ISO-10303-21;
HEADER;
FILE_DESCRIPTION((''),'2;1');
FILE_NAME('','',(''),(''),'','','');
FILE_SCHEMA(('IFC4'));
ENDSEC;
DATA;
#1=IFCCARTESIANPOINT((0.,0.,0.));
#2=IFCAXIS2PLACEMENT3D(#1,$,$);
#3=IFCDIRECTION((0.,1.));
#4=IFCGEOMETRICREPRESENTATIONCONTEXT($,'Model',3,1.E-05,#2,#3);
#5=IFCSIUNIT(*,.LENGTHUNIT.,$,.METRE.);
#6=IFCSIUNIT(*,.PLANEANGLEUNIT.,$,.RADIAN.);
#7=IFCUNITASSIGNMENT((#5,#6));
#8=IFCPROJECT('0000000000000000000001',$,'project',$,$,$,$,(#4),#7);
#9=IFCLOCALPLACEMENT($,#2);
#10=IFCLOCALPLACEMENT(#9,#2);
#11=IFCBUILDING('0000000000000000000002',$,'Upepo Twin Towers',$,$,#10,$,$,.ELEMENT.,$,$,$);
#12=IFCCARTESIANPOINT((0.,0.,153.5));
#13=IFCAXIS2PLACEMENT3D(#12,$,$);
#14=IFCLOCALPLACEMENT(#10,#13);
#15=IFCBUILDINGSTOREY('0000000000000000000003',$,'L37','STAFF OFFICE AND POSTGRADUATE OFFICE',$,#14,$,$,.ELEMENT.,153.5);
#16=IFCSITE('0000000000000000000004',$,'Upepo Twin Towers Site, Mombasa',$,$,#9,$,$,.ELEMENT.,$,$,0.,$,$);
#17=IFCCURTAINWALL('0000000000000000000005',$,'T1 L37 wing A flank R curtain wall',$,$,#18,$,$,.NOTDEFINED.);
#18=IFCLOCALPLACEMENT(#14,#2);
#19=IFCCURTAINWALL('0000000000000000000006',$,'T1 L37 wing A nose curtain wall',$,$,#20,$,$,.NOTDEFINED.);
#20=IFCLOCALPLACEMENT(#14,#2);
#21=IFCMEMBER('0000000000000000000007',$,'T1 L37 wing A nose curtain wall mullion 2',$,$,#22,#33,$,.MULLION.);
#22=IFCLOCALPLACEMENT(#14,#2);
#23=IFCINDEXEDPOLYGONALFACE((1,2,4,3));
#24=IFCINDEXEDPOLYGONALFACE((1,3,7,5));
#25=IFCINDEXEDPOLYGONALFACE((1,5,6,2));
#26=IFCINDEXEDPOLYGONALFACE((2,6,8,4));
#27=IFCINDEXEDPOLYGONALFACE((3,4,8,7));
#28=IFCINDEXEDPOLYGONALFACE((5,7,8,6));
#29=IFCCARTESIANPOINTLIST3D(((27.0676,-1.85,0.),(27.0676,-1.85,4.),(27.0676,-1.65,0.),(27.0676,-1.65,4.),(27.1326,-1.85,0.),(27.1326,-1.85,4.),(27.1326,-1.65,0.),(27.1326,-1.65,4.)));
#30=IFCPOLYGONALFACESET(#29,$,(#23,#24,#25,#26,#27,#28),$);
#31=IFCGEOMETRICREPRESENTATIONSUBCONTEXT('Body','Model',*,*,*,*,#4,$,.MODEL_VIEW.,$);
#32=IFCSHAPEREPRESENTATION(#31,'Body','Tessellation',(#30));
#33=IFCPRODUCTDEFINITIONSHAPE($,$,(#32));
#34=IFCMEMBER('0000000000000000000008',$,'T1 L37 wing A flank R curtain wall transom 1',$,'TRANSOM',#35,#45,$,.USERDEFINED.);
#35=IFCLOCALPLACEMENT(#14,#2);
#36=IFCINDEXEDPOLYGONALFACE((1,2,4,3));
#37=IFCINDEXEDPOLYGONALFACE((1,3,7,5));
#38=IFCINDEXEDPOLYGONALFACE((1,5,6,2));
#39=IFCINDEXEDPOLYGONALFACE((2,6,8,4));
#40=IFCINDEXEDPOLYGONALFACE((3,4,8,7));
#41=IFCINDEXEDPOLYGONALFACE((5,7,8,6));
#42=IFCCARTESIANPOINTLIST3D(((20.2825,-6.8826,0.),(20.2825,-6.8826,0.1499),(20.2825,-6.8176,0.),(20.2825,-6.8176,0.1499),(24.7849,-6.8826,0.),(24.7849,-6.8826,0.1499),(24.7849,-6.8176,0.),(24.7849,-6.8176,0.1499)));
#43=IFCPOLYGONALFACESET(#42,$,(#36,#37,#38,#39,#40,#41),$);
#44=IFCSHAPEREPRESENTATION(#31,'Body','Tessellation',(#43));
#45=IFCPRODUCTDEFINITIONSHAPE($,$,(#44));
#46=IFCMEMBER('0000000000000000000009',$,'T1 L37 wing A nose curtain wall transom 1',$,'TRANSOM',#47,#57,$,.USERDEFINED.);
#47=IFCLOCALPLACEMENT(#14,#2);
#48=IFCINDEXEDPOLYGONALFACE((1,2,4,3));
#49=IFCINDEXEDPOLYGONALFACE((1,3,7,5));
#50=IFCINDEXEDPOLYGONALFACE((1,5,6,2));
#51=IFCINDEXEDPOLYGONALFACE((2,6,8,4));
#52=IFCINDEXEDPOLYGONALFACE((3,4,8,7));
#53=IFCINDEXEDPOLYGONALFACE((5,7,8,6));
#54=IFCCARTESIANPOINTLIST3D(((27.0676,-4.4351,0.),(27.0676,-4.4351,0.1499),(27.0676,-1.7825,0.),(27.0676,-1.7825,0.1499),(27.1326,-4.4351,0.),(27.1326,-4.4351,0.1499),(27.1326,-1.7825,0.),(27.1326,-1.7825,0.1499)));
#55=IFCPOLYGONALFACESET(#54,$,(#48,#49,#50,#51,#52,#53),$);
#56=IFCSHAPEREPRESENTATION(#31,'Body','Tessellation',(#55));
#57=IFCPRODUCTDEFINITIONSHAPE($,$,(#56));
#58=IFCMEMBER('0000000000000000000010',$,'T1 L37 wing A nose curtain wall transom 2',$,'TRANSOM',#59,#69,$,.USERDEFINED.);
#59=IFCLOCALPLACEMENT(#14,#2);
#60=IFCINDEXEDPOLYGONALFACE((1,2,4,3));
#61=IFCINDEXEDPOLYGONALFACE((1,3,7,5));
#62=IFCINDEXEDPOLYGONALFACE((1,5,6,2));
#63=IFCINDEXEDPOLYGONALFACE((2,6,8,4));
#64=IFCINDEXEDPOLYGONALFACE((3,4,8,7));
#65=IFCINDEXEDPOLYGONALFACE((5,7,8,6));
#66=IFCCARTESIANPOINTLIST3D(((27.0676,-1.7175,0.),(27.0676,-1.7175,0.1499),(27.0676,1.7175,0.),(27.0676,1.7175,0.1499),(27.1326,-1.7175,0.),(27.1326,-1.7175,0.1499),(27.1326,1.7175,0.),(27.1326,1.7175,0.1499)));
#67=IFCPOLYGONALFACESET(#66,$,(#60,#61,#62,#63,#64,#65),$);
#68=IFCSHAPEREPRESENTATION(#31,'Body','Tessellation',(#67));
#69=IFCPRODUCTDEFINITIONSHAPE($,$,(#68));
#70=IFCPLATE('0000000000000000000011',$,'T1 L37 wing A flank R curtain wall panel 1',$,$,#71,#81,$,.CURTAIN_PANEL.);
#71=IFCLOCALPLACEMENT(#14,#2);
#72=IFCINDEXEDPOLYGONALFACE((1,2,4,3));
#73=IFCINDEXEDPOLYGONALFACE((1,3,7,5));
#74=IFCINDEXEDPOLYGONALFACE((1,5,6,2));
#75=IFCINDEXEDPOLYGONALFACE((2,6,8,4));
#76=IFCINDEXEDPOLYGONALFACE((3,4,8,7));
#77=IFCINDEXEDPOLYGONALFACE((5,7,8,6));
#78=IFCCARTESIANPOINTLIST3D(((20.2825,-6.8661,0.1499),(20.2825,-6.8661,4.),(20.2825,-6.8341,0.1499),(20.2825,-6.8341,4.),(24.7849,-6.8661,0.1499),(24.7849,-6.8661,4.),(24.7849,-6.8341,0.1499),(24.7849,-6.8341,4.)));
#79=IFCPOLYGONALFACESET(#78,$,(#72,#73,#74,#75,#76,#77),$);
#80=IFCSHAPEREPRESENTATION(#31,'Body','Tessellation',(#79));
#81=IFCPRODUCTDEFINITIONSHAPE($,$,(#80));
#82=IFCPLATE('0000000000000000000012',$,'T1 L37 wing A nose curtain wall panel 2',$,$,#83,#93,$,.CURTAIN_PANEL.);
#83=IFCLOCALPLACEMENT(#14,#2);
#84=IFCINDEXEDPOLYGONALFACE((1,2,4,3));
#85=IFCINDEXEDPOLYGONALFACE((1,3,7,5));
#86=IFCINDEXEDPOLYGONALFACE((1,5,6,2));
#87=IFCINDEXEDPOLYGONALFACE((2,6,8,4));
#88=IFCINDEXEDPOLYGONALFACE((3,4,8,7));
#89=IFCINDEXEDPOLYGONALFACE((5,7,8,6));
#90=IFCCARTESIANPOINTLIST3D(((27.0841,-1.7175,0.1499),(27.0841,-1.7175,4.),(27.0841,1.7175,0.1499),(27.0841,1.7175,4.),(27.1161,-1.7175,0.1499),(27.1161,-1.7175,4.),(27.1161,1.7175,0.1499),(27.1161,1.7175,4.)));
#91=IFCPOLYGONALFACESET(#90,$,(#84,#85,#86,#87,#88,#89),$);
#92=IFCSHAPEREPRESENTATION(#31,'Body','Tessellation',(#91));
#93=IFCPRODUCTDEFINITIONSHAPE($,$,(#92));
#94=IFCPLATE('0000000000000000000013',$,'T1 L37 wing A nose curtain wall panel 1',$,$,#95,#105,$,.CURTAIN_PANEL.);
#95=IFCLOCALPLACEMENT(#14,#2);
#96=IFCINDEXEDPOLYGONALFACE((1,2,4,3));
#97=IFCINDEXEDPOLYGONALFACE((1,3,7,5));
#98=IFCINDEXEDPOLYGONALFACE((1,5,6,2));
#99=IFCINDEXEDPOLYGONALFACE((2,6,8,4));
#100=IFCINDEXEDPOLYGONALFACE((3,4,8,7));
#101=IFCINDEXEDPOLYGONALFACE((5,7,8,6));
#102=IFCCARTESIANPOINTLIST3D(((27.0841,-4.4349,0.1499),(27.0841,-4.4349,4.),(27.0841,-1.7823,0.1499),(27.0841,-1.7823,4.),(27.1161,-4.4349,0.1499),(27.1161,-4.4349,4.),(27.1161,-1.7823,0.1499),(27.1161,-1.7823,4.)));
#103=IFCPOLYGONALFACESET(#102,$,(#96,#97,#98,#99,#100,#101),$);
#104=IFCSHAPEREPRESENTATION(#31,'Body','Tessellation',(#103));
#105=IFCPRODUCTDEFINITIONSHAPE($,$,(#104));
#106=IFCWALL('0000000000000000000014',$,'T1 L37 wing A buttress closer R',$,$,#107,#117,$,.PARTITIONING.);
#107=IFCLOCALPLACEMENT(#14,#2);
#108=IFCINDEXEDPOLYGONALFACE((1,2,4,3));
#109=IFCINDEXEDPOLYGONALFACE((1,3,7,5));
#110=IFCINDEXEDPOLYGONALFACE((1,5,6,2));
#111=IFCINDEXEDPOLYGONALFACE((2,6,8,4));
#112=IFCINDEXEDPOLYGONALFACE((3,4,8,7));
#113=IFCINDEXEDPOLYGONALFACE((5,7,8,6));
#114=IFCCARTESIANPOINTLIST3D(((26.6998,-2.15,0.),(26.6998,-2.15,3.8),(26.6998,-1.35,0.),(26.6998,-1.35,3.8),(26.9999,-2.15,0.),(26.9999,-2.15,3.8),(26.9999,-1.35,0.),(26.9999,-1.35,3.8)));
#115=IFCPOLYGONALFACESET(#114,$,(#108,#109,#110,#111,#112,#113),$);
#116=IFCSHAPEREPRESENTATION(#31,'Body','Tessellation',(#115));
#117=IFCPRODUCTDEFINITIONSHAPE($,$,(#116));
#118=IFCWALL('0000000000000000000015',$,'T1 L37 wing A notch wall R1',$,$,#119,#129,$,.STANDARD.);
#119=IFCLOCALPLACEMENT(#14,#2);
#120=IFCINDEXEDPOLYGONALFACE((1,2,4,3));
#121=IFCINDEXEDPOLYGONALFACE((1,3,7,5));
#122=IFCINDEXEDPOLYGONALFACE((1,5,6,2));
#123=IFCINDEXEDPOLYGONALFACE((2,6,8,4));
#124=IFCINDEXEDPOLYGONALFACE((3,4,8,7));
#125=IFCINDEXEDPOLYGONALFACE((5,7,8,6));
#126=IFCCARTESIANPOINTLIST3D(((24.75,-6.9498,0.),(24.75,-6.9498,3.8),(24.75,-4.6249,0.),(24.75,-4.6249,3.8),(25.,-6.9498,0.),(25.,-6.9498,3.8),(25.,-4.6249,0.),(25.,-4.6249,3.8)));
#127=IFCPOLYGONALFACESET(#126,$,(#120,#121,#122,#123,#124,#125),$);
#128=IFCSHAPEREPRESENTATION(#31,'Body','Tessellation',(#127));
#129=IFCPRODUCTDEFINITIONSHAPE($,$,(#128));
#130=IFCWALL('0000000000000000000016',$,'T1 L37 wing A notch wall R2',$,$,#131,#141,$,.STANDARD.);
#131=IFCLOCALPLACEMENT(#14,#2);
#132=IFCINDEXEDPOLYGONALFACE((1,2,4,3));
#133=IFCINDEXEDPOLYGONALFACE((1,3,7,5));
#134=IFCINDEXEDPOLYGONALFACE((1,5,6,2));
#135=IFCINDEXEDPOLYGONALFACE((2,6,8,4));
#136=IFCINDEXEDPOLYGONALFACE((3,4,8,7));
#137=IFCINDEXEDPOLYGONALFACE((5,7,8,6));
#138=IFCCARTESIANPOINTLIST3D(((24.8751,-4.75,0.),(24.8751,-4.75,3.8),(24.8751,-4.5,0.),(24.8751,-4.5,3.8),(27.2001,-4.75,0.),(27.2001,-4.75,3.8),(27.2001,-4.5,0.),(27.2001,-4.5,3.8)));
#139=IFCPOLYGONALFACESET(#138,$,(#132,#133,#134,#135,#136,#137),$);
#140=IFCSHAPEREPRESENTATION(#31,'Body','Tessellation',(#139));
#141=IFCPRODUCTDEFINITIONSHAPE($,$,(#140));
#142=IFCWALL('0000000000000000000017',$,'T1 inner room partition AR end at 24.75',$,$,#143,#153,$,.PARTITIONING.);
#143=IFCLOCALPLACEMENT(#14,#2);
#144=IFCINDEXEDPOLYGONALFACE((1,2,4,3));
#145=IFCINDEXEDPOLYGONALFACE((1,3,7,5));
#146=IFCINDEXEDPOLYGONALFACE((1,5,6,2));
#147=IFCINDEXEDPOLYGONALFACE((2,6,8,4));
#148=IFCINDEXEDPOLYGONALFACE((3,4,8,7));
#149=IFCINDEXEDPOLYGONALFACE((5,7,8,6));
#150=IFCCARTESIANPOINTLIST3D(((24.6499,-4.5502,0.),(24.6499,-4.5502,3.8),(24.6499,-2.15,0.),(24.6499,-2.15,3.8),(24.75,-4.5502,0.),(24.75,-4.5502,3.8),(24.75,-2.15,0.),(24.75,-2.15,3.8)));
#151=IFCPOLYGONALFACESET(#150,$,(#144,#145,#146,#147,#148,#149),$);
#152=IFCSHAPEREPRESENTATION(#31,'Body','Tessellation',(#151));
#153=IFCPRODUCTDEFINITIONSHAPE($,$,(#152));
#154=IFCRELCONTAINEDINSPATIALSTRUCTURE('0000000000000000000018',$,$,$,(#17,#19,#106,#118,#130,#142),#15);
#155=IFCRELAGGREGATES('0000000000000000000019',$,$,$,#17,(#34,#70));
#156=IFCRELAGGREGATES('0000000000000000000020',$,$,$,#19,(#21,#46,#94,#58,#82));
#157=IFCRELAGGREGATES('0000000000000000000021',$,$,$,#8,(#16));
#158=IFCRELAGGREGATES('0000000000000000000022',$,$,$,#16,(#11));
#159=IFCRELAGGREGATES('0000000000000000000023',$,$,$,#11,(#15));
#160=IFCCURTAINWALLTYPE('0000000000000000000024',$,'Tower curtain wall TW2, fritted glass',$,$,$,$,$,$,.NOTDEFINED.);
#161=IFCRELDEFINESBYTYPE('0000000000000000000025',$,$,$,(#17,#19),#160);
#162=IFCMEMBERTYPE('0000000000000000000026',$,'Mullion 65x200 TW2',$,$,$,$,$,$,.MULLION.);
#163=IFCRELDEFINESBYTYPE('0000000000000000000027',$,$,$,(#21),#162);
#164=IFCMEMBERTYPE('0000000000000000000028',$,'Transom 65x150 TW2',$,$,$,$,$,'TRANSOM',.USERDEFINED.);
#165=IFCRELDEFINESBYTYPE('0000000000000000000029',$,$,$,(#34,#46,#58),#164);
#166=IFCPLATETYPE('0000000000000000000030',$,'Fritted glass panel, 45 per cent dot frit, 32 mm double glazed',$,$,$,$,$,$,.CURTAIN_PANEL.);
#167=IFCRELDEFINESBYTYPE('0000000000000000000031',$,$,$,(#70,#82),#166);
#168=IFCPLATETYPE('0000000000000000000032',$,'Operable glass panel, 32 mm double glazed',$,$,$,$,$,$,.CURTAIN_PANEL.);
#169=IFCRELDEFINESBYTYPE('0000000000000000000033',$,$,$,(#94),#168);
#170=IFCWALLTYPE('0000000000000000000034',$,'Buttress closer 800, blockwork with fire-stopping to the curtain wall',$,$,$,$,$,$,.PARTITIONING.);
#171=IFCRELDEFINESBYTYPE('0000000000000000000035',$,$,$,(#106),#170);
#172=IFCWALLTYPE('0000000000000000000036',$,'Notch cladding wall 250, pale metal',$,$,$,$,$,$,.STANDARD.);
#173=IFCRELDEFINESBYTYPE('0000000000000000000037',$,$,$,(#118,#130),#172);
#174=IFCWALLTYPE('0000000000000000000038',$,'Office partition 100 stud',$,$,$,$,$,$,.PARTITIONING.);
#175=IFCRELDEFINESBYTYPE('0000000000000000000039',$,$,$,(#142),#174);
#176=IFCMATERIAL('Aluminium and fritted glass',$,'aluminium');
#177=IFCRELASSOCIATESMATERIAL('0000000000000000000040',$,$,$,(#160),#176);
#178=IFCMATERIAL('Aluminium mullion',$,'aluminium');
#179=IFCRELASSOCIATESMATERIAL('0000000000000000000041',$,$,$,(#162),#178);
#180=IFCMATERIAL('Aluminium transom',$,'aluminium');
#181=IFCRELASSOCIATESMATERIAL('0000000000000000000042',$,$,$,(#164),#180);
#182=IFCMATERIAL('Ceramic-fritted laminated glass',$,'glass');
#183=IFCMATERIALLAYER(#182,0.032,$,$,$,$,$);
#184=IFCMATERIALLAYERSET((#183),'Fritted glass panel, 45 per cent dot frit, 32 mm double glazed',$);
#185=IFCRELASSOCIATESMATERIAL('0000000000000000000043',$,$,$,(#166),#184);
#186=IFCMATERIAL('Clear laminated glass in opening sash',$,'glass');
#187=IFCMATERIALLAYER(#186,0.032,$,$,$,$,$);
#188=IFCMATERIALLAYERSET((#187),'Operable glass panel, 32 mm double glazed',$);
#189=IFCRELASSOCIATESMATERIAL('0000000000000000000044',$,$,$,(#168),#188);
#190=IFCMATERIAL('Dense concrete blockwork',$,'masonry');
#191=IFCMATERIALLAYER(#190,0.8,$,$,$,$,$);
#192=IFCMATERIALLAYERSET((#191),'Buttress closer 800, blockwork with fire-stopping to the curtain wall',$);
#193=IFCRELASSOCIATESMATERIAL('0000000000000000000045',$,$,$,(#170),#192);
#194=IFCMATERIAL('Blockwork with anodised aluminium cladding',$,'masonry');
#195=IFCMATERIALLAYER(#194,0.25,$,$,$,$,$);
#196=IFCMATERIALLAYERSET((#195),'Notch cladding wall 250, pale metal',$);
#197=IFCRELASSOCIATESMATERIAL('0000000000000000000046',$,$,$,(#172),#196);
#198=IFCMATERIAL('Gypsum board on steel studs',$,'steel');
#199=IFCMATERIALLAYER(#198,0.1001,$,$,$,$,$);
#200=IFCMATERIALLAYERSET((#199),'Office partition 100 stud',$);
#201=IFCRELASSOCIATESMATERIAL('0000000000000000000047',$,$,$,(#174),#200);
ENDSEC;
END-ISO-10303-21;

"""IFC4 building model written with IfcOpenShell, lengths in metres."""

from ifc_helpers import new_model, si_unit, direction, frame, frame_2d, origin, origin_2d, place, context, subcontext, project, spatial, rectangle, extrude, material, layer, layer_set, material_profile, profile_set, type_object, element, aggregate, save


model = new_model("IFC4")

# Units and contexts
model_context = context("Model", 3, precision=1e-05, world=origin(), true_north=direction((0.0, 1.0)))
body_context = subcontext(model_context, "Body", "Model", "MODEL_VIEW")
ifc_project = project(units=[si_unit("LENGTHUNIT", "METRE"), si_unit("PLANEANGLEUNIT", "RADIAN")], contexts=[model_context])

# Site, building, storey
site_placement = place(None, origin())
site = spatial("IfcSite", under=ifc_project, at=site_placement, Name="Upepo Twin Towers Site, Mombasa", CompositionType="ELEMENT", RefElevation=0.0)
building_placement = place(site_placement, origin())
building = spatial("IfcBuilding", under=site, at=building_placement, Name="Upepo Twin Towers", CompositionType="ELEMENT")
storey_placement = place(building_placement, frame((0.0, 0.0, 153.5)))
storey = spatial("IfcBuildingStorey", under=building, at=storey_placement, Name="L37", Description="STAFF OFFICE AND POSTGRADUATE OFFICE", CompositionType="ELEMENT", Elevation=153.5)

# Curtain wall
ifc_material_1 = material(Name="Aluminium and fritted glass", Category="aluminium")
curtain_wall_type = type_object("IfcCurtainWallType", Name="Tower curtain wall TW2, fritted glass", PredefinedType="NOTDEFINED", material=ifc_material_1)
curtain_wall_1_placement = place(storey_placement, origin())
curtain_wall_1 = element("IfcCurtainWall", 1, at=curtain_wall_1_placement, inside=storey, type_object=curtain_wall_type, Name="T1 L37 wing A flank R curtain wall", PredefinedType="NOTDEFINED")
ifc_material_2 = material(Name="Aluminium mullion", Category="aluminium")
ifc_material_profile_1 = material_profile(ifc_material_2, rectangle(XDim=0.0649, YDim=0.2, at=origin_2d()), Name="MULLION 65x200")
ifc_profile_set_1 = profile_set([ifc_material_profile_1], Name="Aluminium mullion")
member_type_1 = type_object("IfcMemberType", Name="Mullion 65x200 TW2", PredefinedType="MULLION", material=ifc_profile_set_1)

# Curtain wall, member
curtain_wall_2_placement = place(storey_placement, origin())
curtain_wall_2 = element("IfcCurtainWall", 2, at=curtain_wall_2_placement, inside=storey, type_object=curtain_wall_type, Name="T1 L37 wing A nose curtain wall", PredefinedType="NOTDEFINED")
member_1_placement = place(storey_placement, frame((27.1001, -1.75, 0.0), z_axis=(0.0, 0.0, 1.0), x_axis=(-1.0, 0.0, 0.0)))
member_1 = element("IfcMember", 3, at=member_1_placement, type_object=member_type_1, Name="T1 L37 wing A nose curtain wall mullion 2", PredefinedType="MULLION", context=body_context, shape_type="SweptSolid", body=[
    extrude(rectangle(XDim=0.0649, YDim=0.2, at=origin_2d()), origin(), (0.0, 0.0, 1.0), 4.0),
])

# Members
ifc_material_3 = material(Name="Aluminium transom", Category="aluminium")
ifc_material_profile_2 = material_profile(ifc_material_3, rectangle(XDim=0.0649, YDim=0.1499, at=origin_2d()), Name="TRANSOM 65x150")
ifc_profile_set_2 = profile_set([ifc_material_profile_2], Name="Aluminium transom")
member_type_2 = type_object("IfcMemberType", Name="Transom 65x150 TW2", ElementType="TRANSOM", PredefinedType="USERDEFINED", material=ifc_profile_set_2)
member_2_placement = place(storey_placement, frame((24.7849, -6.8501, 0.075), z_axis=(-1.0, 0.0, 0.0), x_axis=(0.0, -1.0, 0.0)))
member_2 = element("IfcMember", 4, at=member_2_placement, type_object=member_type_2, Name="T1 L37 wing A flank R curtain wall transom 1", ObjectType="TRANSOM", PredefinedType="USERDEFINED", context=body_context, shape_type="SweptSolid", body=[
    extrude(rectangle(XDim=0.0649, YDim=0.1499, at=origin_2d()), origin(), (0.0, 0.0, 1.0), 4.5024),
])
member_3_placement = place(storey_placement, frame((27.1001, -4.4351, 0.075), z_axis=(0.0, 1.0, 0.0), x_axis=(-1.0, 0.0, 0.0)))
member_3 = element("IfcMember", 5, at=member_3_placement, type_object=member_type_2, Name="T1 L37 wing A nose curtain wall transom 1", ObjectType="TRANSOM", PredefinedType="USERDEFINED", context=body_context, shape_type="SweptSolid", body=[
    extrude(rectangle(XDim=0.0649, YDim=0.1499, at=origin_2d()), origin(), (0.0, 0.0, 1.0), 2.6526),
])
member_4_placement = place(storey_placement, frame((27.1001, -1.7175, 0.075), z_axis=(0.0, 1.0, 0.0), x_axis=(-1.0, 0.0, 0.0)))
member_4 = element("IfcMember", 6, at=member_4_placement, type_object=member_type_2, Name="T1 L37 wing A nose curtain wall transom 2", ObjectType="TRANSOM", PredefinedType="USERDEFINED", context=body_context, shape_type="SweptSolid", body=[
    extrude(rectangle(XDim=0.0649, YDim=0.1499, at=origin_2d()), origin(), (0.0, 0.0, 1.0), 3.4351),
])

# Plates
ifc_material_4 = material(Name="Ceramic-fritted laminated glass", Category="glass")
ifc_layer_1 = layer(ifc_material_4, 0.032)
ifc_layer_set_1 = layer_set([ifc_layer_1], Name="Fritted glass panel, 45 per cent dot frit, 32 mm double glazed")
plate_type_1 = type_object("IfcPlateType", Name="Fritted glass panel, 45 per cent dot frit, 32 mm double glazed", PredefinedType="CURTAIN_PANEL", material=ifc_layer_set_1)
plate_1_placement = place(storey_placement, frame((22.5337, -6.8501, 0.1499), z_axis=(0.0, 0.0, 1.0), x_axis=(-1.0, 0.0, 0.0)))
plate_1 = element("IfcPlate", 7, at=plate_1_placement, type_object=plate_type_1, Name="T1 L37 wing A flank R curtain wall panel 1", PredefinedType="CURTAIN_PANEL", context=body_context, shape_type="SweptSolid", body=[
    extrude(rectangle(XDim=4.5024, YDim=0.032, at=origin_2d()), origin(), (0.0, 0.0, 1.0), 3.8501),
])
aggregate(curtain_wall_1, [member_2, plate_1])
plate_2_placement = place(storey_placement, frame((27.1001, 0.0, 0.1499), z_axis=(0.0, 0.0, 1.0), x_axis=(0.0, 1.0, 0.0)))
plate_2 = element("IfcPlate", 8, at=plate_2_placement, type_object=plate_type_1, Name="T1 L37 wing A nose curtain wall panel 2", PredefinedType="CURTAIN_PANEL", context=body_context, shape_type="SweptSolid", body=[
    extrude(rectangle(XDim=3.4351, YDim=0.032, at=origin_2d()), origin(), (0.0, 0.0, 1.0), 3.8501),
])
ifc_material_5 = material(Name="Clear laminated glass in opening sash", Category="glass")
ifc_layer_2 = layer(ifc_material_5, 0.032)
ifc_layer_set_2 = layer_set([ifc_layer_2], Name="Operable glass panel, 32 mm double glazed")
plate_type_2 = type_object("IfcPlateType", Name="Operable glass panel, 32 mm double glazed", PredefinedType="CURTAIN_PANEL", material=ifc_layer_set_2)
plate_3_placement = place(storey_placement, frame((27.1001, -3.1086, 0.1499), z_axis=(0.0, 0.0, 1.0), x_axis=(0.0, 1.0, 0.0)))
plate_3 = element("IfcPlate", 9, at=plate_3_placement, type_object=plate_type_2, Name="T1 L37 wing A nose curtain wall panel 1", PredefinedType="CURTAIN_PANEL", context=body_context, shape_type="SweptSolid", body=[
    extrude(rectangle(XDim=2.6526, YDim=0.032, at=origin_2d()), origin(), (0.0, 0.0, 1.0), 3.8501),
])
aggregate(curtain_wall_2, [member_1, member_3, plate_3, member_4, plate_2])

# Walls
ifc_material_6 = material(Name="Dense concrete blockwork", Category="masonry")
ifc_layer_3 = layer(ifc_material_6, 0.8)
ifc_layer_set_3 = layer_set([ifc_layer_3], Name="Buttress closer 800, blockwork with fire-stopping to the curtain wall")
wall_type_1 = type_object("IfcWallType", Name="Buttress closer 800, blockwork with fire-stopping to the curtain wall", PredefinedType="PARTITIONING", material=ifc_layer_set_3)
wall_1_placement = place(storey_placement, frame((26.7, -1.75, 0.0), z_axis=(0.0, 0.0, 1.0), x_axis=(1.0, 0.0, 0.0)))
element("IfcWall", 10, at=wall_1_placement, inside=storey, type_object=wall_type_1, Name="T1 L37 wing A buttress closer R", PredefinedType="PARTITIONING", context=body_context, shape_type="SweptSolid", body=[
    extrude(rectangle(XDim=0.3, YDim=0.8, at=frame_2d((0.1499, 0.0))), origin(), (0.0, 0.0, 1.0), 3.8),
])
ifc_material_7 = material(Name="Blockwork with anodised aluminium cladding", Category="masonry")
ifc_layer_4 = layer(ifc_material_7, 0.25)
ifc_layer_set_4 = layer_set([ifc_layer_4], Name="Notch cladding wall 250, pale metal")
wall_type_2 = type_object("IfcWallType", Name="Notch cladding wall 250, pale metal", PredefinedType="STANDARD", material=ifc_layer_set_4)
for number, where, z_axis, x_axis, name in (
    (11, (24.875, -6.95, 0.0), (0.0, 0.0, 1.0), (0.0, 1.0, 0.0), "T1 L37 wing A notch wall R1"),
    (12, (24.875, -4.625, 0.0), (0.0, 0.0, 1.0), (1.0, 0.0, 0.0), "T1 L37 wing A notch wall R2"),
):
    element("IfcWall", number, at=place(storey_placement, frame(where, z_axis=z_axis, x_axis=x_axis)), inside=storey, type_object=wall_type_2, Name=name, PredefinedType="STANDARD", context=body_context, shape_type="SweptSolid", body=[
        extrude(rectangle(XDim=2.325, YDim=0.25, at=frame_2d((1.1626, 0.0))), origin(), (0.0, 0.0, 1.0), 3.8),
    ])
ifc_material_8 = material(Name="Gypsum board on steel studs", Category="steel")
ifc_layer_5 = layer(ifc_material_8, 0.1001)
ifc_layer_set_5 = layer_set([ifc_layer_5], Name="Office partition 100 stud")
wall_type_3 = type_object("IfcWallType", Name="Office partition 100 stud", PredefinedType="PARTITIONING", material=ifc_layer_set_5)
wall_2_placement = place(storey_placement, frame((24.7, -2.1499, 0.0), z_axis=(0.0, 0.0, 1.0), x_axis=(0.0, -1.0, 0.0)))
element("IfcWall", 13, at=wall_2_placement, inside=storey, type_object=wall_type_3, Name="T1 inner room partition AR end at 24.75", PredefinedType="PARTITIONING", context=body_context, shape_type="SweptSolid", body=[
    extrude(rectangle(XDim=2.4001, YDim=0.1001, at=frame_2d((1.2002, 0.0))), origin(), (0.0, 0.0, 1.0), 3.8),
])

save(model, "model.ifc")
